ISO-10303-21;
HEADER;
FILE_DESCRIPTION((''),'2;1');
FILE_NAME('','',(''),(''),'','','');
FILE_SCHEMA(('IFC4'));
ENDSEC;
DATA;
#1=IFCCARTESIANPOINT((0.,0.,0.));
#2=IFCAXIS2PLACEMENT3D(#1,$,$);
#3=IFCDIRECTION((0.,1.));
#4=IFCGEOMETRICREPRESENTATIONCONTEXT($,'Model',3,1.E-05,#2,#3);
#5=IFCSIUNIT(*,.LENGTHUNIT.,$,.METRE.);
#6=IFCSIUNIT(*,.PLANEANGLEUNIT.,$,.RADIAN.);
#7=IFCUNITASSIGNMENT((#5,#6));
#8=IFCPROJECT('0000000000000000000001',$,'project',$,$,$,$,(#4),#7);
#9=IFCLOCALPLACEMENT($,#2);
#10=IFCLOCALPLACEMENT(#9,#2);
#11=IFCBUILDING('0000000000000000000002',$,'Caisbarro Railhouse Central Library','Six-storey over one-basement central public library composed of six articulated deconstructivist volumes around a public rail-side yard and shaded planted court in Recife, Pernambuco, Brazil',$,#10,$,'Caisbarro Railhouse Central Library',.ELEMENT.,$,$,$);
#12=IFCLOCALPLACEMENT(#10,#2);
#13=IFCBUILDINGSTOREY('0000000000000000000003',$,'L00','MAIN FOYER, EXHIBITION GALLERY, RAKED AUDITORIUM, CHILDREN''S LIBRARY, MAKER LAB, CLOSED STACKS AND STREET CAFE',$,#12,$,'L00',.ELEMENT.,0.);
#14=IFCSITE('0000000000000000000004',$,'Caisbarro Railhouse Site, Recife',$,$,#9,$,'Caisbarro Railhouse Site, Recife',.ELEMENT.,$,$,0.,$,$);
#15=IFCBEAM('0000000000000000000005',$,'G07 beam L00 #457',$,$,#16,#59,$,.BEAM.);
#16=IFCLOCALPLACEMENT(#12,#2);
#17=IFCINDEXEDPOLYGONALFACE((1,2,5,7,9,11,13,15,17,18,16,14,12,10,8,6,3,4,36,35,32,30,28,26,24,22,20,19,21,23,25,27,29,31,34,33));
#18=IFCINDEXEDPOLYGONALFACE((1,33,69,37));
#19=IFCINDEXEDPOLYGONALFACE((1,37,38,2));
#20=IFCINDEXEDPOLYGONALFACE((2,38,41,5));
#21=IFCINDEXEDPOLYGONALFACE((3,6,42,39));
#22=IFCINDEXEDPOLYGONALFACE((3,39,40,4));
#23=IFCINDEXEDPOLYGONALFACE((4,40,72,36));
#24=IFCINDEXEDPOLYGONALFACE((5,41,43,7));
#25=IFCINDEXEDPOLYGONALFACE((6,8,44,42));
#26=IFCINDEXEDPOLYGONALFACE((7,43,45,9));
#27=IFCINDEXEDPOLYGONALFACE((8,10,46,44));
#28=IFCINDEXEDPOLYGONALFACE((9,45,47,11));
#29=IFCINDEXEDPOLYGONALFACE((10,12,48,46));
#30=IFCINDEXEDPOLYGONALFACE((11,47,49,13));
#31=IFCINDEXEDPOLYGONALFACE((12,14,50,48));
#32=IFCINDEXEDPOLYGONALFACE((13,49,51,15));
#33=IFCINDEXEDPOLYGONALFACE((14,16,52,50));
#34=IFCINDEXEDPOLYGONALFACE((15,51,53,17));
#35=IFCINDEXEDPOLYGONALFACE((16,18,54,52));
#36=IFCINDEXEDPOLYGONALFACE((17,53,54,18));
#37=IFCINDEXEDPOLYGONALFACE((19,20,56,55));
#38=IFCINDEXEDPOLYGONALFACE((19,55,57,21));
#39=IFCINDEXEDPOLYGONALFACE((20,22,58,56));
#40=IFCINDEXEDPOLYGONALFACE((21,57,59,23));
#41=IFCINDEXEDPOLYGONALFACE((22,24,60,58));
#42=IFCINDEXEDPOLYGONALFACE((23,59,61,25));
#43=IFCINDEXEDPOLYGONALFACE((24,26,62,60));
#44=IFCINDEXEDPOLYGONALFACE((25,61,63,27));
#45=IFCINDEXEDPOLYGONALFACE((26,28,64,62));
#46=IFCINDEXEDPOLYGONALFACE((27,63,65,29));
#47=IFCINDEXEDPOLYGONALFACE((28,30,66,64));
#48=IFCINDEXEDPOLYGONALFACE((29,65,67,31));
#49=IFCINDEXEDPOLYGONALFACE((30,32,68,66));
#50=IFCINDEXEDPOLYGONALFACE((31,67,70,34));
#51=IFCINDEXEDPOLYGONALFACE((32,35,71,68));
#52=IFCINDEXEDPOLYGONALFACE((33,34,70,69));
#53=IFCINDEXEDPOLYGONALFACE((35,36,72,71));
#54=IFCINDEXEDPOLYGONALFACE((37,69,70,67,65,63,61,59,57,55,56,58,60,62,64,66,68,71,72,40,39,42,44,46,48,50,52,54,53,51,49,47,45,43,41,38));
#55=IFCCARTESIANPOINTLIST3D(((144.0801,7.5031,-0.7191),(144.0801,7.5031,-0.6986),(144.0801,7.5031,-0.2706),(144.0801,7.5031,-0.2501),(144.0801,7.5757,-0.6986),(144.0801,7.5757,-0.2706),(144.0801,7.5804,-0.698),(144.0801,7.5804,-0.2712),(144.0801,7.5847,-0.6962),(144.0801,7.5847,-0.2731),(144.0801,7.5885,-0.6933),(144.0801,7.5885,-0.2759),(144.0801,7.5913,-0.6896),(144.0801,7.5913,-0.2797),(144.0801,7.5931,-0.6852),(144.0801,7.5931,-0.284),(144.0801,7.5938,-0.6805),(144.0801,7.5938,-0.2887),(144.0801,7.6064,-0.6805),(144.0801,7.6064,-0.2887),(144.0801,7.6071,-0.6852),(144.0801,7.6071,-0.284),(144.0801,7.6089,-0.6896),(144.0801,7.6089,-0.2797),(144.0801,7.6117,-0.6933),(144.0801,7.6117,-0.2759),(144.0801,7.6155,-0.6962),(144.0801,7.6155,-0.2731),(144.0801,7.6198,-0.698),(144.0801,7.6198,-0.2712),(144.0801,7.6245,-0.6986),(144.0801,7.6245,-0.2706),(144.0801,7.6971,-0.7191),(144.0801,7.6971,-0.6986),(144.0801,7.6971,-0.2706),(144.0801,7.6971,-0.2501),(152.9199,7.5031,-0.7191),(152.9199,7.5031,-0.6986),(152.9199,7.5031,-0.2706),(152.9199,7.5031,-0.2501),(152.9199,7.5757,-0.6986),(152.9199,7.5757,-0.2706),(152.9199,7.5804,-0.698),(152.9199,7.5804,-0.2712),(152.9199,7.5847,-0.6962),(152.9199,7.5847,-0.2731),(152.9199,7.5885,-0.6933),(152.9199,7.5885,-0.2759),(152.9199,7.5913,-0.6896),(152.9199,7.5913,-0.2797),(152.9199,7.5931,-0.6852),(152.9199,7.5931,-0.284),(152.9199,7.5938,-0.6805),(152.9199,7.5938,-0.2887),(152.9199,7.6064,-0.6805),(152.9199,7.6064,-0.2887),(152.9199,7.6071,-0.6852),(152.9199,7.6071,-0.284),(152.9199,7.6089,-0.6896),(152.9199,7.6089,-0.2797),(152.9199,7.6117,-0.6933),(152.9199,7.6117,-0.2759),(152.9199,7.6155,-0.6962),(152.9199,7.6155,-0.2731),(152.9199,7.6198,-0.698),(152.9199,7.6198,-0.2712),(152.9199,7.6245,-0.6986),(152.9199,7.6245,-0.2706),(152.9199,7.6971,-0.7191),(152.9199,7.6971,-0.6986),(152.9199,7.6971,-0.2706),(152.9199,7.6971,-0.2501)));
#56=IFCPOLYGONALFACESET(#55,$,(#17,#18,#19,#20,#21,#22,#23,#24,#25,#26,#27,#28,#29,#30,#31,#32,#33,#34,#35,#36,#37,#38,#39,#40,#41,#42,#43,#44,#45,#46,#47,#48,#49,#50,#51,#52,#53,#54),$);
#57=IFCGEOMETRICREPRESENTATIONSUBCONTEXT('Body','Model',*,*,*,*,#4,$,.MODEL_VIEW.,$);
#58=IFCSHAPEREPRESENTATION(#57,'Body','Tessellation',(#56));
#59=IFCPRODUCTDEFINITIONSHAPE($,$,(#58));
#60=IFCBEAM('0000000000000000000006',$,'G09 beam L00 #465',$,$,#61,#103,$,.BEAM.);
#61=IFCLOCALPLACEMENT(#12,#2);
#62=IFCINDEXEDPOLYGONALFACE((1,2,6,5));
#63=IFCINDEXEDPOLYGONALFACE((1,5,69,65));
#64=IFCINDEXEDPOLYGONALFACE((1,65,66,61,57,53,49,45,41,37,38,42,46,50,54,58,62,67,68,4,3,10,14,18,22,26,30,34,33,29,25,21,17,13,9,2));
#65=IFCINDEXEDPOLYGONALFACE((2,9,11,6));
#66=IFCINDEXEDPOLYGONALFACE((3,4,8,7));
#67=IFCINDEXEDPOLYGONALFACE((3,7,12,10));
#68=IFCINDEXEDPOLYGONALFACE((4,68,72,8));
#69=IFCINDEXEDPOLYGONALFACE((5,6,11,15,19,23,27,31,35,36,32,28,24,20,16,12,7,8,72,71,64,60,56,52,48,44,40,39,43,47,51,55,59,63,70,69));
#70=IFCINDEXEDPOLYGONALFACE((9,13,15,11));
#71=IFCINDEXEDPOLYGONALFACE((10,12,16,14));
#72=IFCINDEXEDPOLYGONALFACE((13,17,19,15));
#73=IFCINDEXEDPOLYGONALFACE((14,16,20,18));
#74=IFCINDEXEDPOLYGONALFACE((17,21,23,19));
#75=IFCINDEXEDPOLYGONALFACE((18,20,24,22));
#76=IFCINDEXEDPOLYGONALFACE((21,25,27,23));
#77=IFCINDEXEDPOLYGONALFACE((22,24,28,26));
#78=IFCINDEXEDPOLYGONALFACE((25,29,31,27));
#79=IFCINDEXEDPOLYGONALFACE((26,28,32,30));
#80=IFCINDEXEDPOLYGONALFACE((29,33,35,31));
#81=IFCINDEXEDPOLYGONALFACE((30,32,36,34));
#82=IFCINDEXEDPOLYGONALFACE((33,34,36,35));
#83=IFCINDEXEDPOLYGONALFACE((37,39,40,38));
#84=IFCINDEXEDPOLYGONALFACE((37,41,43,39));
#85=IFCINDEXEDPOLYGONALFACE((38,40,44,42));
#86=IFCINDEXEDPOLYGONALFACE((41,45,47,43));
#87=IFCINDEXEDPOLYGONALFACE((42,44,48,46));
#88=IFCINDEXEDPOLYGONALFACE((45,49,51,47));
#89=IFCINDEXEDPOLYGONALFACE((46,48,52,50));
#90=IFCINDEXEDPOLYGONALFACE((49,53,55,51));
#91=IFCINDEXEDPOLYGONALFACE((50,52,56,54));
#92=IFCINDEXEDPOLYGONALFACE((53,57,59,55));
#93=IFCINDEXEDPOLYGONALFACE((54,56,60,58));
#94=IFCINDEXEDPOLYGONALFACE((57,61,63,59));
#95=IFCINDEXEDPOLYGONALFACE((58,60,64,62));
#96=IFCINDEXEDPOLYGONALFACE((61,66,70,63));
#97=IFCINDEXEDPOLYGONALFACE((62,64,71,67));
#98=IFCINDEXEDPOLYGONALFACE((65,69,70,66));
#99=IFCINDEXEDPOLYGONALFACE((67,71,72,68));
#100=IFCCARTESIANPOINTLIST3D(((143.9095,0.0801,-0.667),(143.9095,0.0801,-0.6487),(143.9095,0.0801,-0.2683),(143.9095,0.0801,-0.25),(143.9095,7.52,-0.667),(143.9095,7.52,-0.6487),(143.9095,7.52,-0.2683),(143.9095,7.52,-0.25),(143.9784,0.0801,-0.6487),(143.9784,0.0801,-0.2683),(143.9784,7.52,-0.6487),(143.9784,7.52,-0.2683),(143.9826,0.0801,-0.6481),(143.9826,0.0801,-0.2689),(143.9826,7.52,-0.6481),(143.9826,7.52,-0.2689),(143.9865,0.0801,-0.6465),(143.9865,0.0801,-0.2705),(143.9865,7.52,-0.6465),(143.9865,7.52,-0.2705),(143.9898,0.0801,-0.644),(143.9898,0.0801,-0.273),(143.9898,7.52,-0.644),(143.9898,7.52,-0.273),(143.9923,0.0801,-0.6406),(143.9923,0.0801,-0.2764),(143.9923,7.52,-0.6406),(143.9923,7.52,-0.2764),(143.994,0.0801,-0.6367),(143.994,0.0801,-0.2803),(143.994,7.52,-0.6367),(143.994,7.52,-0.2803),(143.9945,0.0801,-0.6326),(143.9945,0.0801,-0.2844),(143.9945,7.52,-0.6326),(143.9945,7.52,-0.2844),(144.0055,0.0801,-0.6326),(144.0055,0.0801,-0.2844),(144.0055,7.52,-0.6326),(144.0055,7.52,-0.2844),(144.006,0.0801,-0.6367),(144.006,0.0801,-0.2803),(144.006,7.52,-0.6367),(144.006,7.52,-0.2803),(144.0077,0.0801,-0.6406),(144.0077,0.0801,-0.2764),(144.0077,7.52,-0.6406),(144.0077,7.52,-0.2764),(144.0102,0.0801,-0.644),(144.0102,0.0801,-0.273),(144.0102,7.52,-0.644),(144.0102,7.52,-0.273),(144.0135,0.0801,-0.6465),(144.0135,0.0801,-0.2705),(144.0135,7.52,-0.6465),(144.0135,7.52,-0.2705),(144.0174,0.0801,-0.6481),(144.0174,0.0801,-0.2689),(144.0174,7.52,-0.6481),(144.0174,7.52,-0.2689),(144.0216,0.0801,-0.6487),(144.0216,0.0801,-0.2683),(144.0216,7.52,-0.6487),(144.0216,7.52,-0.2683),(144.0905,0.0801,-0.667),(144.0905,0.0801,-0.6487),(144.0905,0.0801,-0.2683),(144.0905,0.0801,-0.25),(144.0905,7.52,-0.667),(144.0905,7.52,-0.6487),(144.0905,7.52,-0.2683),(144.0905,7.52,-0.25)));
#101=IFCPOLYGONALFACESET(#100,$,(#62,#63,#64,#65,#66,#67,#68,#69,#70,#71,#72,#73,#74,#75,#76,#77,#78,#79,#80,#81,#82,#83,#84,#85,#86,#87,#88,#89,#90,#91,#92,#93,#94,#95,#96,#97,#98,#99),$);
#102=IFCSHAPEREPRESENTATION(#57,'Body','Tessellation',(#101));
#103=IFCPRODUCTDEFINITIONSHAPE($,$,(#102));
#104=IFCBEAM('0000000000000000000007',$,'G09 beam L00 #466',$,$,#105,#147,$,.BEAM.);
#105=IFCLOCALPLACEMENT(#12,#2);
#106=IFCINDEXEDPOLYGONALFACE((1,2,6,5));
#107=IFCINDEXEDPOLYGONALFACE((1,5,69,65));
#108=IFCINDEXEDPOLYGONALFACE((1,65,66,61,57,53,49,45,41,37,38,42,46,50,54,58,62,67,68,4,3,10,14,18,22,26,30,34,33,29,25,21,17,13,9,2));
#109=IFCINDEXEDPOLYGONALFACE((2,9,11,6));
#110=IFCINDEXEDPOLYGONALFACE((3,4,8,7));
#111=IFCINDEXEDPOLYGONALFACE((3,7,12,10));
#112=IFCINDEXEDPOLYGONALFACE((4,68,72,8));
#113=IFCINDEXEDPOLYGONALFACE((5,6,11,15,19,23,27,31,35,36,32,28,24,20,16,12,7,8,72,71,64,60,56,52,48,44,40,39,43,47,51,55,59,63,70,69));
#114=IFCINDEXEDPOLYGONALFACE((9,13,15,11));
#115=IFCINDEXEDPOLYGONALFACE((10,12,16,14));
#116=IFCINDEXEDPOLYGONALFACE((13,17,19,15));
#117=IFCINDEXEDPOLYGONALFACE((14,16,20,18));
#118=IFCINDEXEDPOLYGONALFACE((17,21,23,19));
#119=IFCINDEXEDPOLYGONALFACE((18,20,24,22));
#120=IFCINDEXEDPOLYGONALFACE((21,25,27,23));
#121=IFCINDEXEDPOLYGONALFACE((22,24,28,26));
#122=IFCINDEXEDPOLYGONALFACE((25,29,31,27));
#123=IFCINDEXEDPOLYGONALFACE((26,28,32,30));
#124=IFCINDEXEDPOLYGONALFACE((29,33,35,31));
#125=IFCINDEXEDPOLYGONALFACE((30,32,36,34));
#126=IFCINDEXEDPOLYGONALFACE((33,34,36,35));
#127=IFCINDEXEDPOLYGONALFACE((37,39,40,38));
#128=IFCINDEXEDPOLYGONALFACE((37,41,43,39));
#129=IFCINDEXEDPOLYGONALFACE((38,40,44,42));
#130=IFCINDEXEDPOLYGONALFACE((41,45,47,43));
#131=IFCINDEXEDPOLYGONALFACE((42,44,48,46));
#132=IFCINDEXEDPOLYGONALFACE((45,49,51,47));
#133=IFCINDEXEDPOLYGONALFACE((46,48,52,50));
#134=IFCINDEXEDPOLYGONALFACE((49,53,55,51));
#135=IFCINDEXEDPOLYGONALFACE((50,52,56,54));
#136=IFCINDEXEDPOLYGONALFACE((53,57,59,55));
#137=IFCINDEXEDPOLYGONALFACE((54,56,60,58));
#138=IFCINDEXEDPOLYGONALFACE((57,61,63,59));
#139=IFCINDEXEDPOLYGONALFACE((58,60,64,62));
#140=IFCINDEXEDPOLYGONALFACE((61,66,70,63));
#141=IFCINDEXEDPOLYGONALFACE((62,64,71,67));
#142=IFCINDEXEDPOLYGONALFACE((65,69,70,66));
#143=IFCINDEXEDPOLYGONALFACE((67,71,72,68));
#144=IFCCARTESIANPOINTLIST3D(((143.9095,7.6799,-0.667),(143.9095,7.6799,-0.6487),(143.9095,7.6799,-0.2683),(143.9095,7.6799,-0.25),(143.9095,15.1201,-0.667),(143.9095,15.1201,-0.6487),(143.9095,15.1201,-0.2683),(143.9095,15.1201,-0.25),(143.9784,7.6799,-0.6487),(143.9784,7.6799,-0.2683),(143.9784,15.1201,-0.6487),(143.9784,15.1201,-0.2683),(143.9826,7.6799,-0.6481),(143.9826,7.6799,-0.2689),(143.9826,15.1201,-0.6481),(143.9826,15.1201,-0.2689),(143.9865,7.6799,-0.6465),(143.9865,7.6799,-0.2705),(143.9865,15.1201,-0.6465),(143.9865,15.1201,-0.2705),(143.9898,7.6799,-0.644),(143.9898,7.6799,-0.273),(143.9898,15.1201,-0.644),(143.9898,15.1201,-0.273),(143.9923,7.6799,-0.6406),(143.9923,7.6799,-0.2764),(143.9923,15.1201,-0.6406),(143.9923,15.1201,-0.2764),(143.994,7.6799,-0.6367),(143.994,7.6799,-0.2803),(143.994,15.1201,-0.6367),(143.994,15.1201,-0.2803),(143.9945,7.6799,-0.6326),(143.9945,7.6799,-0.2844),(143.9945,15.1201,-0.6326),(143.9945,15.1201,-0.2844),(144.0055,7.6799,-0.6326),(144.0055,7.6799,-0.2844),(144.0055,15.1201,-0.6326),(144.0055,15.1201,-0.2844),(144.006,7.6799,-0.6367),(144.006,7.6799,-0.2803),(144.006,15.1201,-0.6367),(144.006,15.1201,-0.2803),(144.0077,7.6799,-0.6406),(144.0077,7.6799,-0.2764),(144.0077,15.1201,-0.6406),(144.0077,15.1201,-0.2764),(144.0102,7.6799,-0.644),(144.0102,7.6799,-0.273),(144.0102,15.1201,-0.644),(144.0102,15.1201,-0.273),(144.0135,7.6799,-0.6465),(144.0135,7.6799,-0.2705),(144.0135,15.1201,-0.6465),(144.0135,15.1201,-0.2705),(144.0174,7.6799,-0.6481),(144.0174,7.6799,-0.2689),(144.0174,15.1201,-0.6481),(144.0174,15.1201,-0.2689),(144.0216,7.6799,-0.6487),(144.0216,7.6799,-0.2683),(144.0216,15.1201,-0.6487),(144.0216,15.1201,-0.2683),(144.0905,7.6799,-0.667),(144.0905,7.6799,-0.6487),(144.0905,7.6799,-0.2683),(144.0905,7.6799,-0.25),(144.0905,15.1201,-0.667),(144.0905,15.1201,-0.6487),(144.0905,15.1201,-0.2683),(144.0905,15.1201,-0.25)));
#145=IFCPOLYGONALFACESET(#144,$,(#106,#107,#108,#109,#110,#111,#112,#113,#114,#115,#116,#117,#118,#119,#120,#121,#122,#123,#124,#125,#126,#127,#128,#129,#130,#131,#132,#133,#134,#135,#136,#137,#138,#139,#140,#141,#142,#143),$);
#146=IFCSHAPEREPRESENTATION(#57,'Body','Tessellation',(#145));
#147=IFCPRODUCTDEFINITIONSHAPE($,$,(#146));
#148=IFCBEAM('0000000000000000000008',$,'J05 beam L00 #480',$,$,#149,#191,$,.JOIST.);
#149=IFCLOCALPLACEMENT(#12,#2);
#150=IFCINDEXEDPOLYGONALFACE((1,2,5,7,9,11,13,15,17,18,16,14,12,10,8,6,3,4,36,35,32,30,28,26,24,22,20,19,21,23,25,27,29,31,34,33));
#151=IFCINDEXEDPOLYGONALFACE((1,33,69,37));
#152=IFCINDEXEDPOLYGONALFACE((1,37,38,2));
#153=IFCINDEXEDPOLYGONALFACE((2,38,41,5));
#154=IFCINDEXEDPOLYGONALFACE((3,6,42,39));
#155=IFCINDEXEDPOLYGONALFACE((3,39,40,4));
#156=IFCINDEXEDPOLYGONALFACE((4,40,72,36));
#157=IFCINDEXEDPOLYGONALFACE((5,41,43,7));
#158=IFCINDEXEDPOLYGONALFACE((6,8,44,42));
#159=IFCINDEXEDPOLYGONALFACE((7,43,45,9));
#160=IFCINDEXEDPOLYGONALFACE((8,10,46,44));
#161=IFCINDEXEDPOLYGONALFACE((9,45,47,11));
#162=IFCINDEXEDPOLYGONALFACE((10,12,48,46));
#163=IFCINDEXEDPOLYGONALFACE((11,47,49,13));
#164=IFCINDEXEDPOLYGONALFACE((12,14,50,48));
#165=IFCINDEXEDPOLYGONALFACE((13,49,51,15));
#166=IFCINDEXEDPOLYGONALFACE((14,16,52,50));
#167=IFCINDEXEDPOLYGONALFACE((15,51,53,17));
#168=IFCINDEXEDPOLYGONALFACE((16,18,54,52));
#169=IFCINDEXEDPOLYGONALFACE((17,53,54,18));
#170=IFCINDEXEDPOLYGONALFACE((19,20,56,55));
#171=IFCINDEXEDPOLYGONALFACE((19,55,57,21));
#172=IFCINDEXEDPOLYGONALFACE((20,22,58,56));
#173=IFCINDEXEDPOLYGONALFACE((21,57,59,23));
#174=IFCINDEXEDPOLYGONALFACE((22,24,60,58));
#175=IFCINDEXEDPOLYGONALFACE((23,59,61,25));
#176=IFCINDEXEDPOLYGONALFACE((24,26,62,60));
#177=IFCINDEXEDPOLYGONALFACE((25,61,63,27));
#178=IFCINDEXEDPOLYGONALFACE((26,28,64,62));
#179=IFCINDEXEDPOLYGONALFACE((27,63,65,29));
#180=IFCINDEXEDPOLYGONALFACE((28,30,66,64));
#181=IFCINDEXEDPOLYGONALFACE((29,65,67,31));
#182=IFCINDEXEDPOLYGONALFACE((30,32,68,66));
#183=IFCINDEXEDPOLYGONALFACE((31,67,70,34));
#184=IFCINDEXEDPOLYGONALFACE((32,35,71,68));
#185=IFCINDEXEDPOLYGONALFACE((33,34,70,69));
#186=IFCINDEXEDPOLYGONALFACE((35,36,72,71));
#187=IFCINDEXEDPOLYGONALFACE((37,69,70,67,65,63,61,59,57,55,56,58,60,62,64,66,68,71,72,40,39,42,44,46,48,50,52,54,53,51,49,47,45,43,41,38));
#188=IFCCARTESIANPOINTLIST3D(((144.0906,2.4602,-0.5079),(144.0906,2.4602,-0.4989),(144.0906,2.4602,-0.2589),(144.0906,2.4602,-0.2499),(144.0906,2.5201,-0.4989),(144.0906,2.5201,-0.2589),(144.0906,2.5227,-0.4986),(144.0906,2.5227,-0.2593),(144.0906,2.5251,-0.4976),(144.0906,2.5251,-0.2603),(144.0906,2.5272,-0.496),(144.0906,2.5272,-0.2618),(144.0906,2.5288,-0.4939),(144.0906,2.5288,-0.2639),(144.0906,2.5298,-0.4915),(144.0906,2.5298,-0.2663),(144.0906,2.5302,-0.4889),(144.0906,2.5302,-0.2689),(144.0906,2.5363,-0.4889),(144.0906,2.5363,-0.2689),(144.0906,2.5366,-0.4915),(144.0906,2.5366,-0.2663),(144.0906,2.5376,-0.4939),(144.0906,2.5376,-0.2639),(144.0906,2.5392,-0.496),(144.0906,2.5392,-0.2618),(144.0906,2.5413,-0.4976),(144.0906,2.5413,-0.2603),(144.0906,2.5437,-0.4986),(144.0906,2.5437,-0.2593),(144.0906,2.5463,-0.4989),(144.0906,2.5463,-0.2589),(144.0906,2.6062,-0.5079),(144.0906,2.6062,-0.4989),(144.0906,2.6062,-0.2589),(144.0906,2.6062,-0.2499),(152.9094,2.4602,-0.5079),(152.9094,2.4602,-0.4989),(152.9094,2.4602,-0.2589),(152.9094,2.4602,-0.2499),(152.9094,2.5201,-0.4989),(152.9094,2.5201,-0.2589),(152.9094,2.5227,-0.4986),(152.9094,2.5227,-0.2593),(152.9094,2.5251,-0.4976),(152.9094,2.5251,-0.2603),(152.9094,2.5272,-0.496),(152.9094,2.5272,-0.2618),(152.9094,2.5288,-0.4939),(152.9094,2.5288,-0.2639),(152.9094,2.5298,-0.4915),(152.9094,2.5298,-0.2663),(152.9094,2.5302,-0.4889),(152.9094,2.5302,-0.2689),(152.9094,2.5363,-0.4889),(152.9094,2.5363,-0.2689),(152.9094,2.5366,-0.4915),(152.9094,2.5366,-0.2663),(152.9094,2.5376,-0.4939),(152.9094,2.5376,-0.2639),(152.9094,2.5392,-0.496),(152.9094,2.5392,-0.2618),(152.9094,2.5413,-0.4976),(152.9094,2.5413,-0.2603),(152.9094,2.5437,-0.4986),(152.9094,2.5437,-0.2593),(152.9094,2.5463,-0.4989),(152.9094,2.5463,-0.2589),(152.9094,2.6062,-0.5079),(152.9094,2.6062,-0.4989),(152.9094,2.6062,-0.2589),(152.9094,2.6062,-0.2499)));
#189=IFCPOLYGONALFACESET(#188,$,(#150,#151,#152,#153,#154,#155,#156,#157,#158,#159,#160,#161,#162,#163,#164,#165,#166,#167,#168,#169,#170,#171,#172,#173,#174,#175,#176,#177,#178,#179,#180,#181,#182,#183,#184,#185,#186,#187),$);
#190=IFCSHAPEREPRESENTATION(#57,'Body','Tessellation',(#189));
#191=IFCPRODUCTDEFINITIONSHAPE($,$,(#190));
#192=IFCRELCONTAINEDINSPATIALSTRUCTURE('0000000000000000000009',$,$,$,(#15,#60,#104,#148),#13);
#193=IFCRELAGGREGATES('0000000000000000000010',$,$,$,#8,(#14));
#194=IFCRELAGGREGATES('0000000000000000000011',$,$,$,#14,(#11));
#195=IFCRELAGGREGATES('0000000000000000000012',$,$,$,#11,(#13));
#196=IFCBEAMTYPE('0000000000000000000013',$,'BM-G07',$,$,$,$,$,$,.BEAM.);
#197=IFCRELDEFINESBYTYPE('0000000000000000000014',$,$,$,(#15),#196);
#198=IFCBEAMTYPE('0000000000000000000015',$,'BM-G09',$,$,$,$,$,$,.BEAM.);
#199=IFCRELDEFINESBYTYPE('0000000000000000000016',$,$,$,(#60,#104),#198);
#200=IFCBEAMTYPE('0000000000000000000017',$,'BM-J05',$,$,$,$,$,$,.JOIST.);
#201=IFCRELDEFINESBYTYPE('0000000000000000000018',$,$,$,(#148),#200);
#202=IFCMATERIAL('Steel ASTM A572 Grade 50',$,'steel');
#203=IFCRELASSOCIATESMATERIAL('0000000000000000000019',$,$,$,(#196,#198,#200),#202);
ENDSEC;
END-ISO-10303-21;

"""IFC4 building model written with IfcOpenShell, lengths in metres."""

from ifc_helpers import new_model, si_unit, direction, frame, origin, origin_2d, place, context, subcontext, project, spatial, i_section, extrude, material, material_profile, profile_set, type_object, element, save


model = new_model("IFC4")

# Units and contexts
model_context = context("Model", 3, precision=1e-05, world=origin(), true_north=direction((0.0, 1.0)))
body_context = subcontext(model_context, "Body", "Model", "MODEL_VIEW")
ifc_project = project(units=[si_unit("LENGTHUNIT", "METRE"), si_unit("PLANEANGLEUNIT", "RADIAN")], contexts=[model_context])

# Site, building, storey
site_placement = place(None, origin())
site = spatial("IfcSite", under=ifc_project, at=site_placement, Name="Caisbarro Railhouse Site, Recife", LongName="Caisbarro Railhouse Site, Recife", CompositionType="ELEMENT", RefElevation=0.0)
building_placement = place(site_placement, origin())
building = spatial("IfcBuilding", under=site, at=building_placement, Name="Caisbarro Railhouse Central Library", Description="Six-storey over one-basement central public library composed of six articulated deconstructivist volumes around a public rail-side yard and shaded planted court in Recife, Pernambuco, Brazil", LongName="Caisbarro Railhouse Central Library", CompositionType="ELEMENT")
storey_placement = place(building_placement, origin())
storey = spatial("IfcBuildingStorey", under=building, at=storey_placement, Name="L00", Description="MAIN FOYER, EXHIBITION GALLERY, RAKED AUDITORIUM, CHILDREN'S LIBRARY, MAKER LAB, CLOSED STACKS AND STREET CAFE", LongName="L00", CompositionType="ELEMENT", Elevation=0.0)

# Shared definitions
ifc_material_1 = material(Name="Steel ASTM A572 Grade 50", Category="steel")

# Beams
ifc_material_profile_1 = material_profile(ifc_material_1, i_section(OverallWidth=0.1941, OverallDepth=0.469, WebThickness=0.0127, FlangeThickness=0.0205, FilletRadius=0.0181, at=origin_2d()), Name="W460X106.0")
ifc_profile_set_1 = profile_set([ifc_material_profile_1], Name="Steel ASTM A572 Grade 50")
beam_type_1 = type_object("IfcBeamType", Name="BM-G07", PredefinedType="BEAM", material=ifc_profile_set_1)
beam_1_placement = place(storey_placement, frame((144.0801, 7.6001, -0.4846), z_axis=(1.0, 0.0, 0.0), x_axis=(0.0, 1.0, 0.0)))
element("IfcBeam", 1, at=beam_1_placement, inside=storey, type_object=beam_type_1, Name="G07 beam L00 #457", PredefinedType="BEAM", context=body_context, shape_type="SweptSolid", body=[
    extrude(i_section(OverallWidth=0.1941, OverallDepth=0.469, WebThickness=0.0127, FlangeThickness=0.0205, FilletRadius=0.0181, at=origin_2d()), origin(), (0.0, 0.0, 1.0), 8.8398),
])
ifc_material_profile_2 = material_profile(ifc_material_1, i_section(OverallWidth=0.1809, OverallDepth=0.417, WebThickness=0.011, FlangeThickness=0.0183, FilletRadius=0.0161, at=origin_2d()), Name="W410X85.0")
ifc_profile_set_2 = profile_set([ifc_material_profile_2], Name="Steel ASTM A572 Grade 50")
beam_type_2 = type_object("IfcBeamType", Name="BM-G09", PredefinedType="BEAM", material=ifc_profile_set_2)
beam_2_placement = place(storey_placement, frame((144.0, 0.0801, -0.4585), z_axis=(0.0, 1.0, 0.0), x_axis=(-1.0, 0.0, 0.0)))
element("IfcBeam", 2, at=beam_2_placement, inside=storey, type_object=beam_type_2, Name="G09 beam L00 #465", PredefinedType="BEAM", context=body_context, shape_type="SweptSolid", body=[
    extrude(i_section(OverallWidth=0.1809, OverallDepth=0.417, WebThickness=0.011, FlangeThickness=0.0183, FilletRadius=0.0161, at=origin_2d()), origin(), (0.0, 0.0, 1.0), 7.4399),
])
beam_3_placement = place(storey_placement, frame((144.0, 7.6799, -0.4585), z_axis=(0.0, 1.0, 0.0), x_axis=(-1.0, 0.0, 0.0)))
element("IfcBeam", 3, at=beam_3_placement, inside=storey, type_object=beam_type_2, Name="G09 beam L00 #466", PredefinedType="BEAM", context=body_context, shape_type="SweptSolid", body=[
    extrude(i_section(OverallWidth=0.1809, OverallDepth=0.417, WebThickness=0.011, FlangeThickness=0.0183, FilletRadius=0.0161, at=origin_2d()), origin(), (0.0, 0.0, 1.0), 7.4402),
])
ifc_material_profile_3 = material_profile(ifc_material_1, i_section(OverallWidth=0.146, OverallDepth=0.2581, WebThickness=0.0061, FlangeThickness=0.009, FilletRadius=0.01, at=origin_2d()), Name="W250X32.7")
ifc_profile_set_3 = profile_set([ifc_material_profile_3], Name="Steel ASTM A572 Grade 50")
beam_type_3 = type_object("IfcBeamType", Name="BM-J05", PredefinedType="JOIST", material=ifc_profile_set_3)
for number, where, z_axis, x_axis, name in (
    (4, (144.0906, 2.5332, -0.3789), (1.0, 0.0, 0.0), (0.0, 1.0, 0.0), "J05 beam L00 #480"),
):
    element("IfcBeam", number, at=place(storey_placement, frame(where, z_axis=z_axis, x_axis=x_axis)), inside=storey, type_object=beam_type_3, Name=name, PredefinedType="JOIST", context=body_context, shape_type="SweptSolid", body=[
        extrude(i_section(OverallWidth=0.146, OverallDepth=0.2581, WebThickness=0.0061, FlangeThickness=0.009, FilletRadius=0.01, at=origin_2d()), origin(), (0.0, 0.0, 1.0), 8.8188),
    ])

save(model, "model.ifc")
